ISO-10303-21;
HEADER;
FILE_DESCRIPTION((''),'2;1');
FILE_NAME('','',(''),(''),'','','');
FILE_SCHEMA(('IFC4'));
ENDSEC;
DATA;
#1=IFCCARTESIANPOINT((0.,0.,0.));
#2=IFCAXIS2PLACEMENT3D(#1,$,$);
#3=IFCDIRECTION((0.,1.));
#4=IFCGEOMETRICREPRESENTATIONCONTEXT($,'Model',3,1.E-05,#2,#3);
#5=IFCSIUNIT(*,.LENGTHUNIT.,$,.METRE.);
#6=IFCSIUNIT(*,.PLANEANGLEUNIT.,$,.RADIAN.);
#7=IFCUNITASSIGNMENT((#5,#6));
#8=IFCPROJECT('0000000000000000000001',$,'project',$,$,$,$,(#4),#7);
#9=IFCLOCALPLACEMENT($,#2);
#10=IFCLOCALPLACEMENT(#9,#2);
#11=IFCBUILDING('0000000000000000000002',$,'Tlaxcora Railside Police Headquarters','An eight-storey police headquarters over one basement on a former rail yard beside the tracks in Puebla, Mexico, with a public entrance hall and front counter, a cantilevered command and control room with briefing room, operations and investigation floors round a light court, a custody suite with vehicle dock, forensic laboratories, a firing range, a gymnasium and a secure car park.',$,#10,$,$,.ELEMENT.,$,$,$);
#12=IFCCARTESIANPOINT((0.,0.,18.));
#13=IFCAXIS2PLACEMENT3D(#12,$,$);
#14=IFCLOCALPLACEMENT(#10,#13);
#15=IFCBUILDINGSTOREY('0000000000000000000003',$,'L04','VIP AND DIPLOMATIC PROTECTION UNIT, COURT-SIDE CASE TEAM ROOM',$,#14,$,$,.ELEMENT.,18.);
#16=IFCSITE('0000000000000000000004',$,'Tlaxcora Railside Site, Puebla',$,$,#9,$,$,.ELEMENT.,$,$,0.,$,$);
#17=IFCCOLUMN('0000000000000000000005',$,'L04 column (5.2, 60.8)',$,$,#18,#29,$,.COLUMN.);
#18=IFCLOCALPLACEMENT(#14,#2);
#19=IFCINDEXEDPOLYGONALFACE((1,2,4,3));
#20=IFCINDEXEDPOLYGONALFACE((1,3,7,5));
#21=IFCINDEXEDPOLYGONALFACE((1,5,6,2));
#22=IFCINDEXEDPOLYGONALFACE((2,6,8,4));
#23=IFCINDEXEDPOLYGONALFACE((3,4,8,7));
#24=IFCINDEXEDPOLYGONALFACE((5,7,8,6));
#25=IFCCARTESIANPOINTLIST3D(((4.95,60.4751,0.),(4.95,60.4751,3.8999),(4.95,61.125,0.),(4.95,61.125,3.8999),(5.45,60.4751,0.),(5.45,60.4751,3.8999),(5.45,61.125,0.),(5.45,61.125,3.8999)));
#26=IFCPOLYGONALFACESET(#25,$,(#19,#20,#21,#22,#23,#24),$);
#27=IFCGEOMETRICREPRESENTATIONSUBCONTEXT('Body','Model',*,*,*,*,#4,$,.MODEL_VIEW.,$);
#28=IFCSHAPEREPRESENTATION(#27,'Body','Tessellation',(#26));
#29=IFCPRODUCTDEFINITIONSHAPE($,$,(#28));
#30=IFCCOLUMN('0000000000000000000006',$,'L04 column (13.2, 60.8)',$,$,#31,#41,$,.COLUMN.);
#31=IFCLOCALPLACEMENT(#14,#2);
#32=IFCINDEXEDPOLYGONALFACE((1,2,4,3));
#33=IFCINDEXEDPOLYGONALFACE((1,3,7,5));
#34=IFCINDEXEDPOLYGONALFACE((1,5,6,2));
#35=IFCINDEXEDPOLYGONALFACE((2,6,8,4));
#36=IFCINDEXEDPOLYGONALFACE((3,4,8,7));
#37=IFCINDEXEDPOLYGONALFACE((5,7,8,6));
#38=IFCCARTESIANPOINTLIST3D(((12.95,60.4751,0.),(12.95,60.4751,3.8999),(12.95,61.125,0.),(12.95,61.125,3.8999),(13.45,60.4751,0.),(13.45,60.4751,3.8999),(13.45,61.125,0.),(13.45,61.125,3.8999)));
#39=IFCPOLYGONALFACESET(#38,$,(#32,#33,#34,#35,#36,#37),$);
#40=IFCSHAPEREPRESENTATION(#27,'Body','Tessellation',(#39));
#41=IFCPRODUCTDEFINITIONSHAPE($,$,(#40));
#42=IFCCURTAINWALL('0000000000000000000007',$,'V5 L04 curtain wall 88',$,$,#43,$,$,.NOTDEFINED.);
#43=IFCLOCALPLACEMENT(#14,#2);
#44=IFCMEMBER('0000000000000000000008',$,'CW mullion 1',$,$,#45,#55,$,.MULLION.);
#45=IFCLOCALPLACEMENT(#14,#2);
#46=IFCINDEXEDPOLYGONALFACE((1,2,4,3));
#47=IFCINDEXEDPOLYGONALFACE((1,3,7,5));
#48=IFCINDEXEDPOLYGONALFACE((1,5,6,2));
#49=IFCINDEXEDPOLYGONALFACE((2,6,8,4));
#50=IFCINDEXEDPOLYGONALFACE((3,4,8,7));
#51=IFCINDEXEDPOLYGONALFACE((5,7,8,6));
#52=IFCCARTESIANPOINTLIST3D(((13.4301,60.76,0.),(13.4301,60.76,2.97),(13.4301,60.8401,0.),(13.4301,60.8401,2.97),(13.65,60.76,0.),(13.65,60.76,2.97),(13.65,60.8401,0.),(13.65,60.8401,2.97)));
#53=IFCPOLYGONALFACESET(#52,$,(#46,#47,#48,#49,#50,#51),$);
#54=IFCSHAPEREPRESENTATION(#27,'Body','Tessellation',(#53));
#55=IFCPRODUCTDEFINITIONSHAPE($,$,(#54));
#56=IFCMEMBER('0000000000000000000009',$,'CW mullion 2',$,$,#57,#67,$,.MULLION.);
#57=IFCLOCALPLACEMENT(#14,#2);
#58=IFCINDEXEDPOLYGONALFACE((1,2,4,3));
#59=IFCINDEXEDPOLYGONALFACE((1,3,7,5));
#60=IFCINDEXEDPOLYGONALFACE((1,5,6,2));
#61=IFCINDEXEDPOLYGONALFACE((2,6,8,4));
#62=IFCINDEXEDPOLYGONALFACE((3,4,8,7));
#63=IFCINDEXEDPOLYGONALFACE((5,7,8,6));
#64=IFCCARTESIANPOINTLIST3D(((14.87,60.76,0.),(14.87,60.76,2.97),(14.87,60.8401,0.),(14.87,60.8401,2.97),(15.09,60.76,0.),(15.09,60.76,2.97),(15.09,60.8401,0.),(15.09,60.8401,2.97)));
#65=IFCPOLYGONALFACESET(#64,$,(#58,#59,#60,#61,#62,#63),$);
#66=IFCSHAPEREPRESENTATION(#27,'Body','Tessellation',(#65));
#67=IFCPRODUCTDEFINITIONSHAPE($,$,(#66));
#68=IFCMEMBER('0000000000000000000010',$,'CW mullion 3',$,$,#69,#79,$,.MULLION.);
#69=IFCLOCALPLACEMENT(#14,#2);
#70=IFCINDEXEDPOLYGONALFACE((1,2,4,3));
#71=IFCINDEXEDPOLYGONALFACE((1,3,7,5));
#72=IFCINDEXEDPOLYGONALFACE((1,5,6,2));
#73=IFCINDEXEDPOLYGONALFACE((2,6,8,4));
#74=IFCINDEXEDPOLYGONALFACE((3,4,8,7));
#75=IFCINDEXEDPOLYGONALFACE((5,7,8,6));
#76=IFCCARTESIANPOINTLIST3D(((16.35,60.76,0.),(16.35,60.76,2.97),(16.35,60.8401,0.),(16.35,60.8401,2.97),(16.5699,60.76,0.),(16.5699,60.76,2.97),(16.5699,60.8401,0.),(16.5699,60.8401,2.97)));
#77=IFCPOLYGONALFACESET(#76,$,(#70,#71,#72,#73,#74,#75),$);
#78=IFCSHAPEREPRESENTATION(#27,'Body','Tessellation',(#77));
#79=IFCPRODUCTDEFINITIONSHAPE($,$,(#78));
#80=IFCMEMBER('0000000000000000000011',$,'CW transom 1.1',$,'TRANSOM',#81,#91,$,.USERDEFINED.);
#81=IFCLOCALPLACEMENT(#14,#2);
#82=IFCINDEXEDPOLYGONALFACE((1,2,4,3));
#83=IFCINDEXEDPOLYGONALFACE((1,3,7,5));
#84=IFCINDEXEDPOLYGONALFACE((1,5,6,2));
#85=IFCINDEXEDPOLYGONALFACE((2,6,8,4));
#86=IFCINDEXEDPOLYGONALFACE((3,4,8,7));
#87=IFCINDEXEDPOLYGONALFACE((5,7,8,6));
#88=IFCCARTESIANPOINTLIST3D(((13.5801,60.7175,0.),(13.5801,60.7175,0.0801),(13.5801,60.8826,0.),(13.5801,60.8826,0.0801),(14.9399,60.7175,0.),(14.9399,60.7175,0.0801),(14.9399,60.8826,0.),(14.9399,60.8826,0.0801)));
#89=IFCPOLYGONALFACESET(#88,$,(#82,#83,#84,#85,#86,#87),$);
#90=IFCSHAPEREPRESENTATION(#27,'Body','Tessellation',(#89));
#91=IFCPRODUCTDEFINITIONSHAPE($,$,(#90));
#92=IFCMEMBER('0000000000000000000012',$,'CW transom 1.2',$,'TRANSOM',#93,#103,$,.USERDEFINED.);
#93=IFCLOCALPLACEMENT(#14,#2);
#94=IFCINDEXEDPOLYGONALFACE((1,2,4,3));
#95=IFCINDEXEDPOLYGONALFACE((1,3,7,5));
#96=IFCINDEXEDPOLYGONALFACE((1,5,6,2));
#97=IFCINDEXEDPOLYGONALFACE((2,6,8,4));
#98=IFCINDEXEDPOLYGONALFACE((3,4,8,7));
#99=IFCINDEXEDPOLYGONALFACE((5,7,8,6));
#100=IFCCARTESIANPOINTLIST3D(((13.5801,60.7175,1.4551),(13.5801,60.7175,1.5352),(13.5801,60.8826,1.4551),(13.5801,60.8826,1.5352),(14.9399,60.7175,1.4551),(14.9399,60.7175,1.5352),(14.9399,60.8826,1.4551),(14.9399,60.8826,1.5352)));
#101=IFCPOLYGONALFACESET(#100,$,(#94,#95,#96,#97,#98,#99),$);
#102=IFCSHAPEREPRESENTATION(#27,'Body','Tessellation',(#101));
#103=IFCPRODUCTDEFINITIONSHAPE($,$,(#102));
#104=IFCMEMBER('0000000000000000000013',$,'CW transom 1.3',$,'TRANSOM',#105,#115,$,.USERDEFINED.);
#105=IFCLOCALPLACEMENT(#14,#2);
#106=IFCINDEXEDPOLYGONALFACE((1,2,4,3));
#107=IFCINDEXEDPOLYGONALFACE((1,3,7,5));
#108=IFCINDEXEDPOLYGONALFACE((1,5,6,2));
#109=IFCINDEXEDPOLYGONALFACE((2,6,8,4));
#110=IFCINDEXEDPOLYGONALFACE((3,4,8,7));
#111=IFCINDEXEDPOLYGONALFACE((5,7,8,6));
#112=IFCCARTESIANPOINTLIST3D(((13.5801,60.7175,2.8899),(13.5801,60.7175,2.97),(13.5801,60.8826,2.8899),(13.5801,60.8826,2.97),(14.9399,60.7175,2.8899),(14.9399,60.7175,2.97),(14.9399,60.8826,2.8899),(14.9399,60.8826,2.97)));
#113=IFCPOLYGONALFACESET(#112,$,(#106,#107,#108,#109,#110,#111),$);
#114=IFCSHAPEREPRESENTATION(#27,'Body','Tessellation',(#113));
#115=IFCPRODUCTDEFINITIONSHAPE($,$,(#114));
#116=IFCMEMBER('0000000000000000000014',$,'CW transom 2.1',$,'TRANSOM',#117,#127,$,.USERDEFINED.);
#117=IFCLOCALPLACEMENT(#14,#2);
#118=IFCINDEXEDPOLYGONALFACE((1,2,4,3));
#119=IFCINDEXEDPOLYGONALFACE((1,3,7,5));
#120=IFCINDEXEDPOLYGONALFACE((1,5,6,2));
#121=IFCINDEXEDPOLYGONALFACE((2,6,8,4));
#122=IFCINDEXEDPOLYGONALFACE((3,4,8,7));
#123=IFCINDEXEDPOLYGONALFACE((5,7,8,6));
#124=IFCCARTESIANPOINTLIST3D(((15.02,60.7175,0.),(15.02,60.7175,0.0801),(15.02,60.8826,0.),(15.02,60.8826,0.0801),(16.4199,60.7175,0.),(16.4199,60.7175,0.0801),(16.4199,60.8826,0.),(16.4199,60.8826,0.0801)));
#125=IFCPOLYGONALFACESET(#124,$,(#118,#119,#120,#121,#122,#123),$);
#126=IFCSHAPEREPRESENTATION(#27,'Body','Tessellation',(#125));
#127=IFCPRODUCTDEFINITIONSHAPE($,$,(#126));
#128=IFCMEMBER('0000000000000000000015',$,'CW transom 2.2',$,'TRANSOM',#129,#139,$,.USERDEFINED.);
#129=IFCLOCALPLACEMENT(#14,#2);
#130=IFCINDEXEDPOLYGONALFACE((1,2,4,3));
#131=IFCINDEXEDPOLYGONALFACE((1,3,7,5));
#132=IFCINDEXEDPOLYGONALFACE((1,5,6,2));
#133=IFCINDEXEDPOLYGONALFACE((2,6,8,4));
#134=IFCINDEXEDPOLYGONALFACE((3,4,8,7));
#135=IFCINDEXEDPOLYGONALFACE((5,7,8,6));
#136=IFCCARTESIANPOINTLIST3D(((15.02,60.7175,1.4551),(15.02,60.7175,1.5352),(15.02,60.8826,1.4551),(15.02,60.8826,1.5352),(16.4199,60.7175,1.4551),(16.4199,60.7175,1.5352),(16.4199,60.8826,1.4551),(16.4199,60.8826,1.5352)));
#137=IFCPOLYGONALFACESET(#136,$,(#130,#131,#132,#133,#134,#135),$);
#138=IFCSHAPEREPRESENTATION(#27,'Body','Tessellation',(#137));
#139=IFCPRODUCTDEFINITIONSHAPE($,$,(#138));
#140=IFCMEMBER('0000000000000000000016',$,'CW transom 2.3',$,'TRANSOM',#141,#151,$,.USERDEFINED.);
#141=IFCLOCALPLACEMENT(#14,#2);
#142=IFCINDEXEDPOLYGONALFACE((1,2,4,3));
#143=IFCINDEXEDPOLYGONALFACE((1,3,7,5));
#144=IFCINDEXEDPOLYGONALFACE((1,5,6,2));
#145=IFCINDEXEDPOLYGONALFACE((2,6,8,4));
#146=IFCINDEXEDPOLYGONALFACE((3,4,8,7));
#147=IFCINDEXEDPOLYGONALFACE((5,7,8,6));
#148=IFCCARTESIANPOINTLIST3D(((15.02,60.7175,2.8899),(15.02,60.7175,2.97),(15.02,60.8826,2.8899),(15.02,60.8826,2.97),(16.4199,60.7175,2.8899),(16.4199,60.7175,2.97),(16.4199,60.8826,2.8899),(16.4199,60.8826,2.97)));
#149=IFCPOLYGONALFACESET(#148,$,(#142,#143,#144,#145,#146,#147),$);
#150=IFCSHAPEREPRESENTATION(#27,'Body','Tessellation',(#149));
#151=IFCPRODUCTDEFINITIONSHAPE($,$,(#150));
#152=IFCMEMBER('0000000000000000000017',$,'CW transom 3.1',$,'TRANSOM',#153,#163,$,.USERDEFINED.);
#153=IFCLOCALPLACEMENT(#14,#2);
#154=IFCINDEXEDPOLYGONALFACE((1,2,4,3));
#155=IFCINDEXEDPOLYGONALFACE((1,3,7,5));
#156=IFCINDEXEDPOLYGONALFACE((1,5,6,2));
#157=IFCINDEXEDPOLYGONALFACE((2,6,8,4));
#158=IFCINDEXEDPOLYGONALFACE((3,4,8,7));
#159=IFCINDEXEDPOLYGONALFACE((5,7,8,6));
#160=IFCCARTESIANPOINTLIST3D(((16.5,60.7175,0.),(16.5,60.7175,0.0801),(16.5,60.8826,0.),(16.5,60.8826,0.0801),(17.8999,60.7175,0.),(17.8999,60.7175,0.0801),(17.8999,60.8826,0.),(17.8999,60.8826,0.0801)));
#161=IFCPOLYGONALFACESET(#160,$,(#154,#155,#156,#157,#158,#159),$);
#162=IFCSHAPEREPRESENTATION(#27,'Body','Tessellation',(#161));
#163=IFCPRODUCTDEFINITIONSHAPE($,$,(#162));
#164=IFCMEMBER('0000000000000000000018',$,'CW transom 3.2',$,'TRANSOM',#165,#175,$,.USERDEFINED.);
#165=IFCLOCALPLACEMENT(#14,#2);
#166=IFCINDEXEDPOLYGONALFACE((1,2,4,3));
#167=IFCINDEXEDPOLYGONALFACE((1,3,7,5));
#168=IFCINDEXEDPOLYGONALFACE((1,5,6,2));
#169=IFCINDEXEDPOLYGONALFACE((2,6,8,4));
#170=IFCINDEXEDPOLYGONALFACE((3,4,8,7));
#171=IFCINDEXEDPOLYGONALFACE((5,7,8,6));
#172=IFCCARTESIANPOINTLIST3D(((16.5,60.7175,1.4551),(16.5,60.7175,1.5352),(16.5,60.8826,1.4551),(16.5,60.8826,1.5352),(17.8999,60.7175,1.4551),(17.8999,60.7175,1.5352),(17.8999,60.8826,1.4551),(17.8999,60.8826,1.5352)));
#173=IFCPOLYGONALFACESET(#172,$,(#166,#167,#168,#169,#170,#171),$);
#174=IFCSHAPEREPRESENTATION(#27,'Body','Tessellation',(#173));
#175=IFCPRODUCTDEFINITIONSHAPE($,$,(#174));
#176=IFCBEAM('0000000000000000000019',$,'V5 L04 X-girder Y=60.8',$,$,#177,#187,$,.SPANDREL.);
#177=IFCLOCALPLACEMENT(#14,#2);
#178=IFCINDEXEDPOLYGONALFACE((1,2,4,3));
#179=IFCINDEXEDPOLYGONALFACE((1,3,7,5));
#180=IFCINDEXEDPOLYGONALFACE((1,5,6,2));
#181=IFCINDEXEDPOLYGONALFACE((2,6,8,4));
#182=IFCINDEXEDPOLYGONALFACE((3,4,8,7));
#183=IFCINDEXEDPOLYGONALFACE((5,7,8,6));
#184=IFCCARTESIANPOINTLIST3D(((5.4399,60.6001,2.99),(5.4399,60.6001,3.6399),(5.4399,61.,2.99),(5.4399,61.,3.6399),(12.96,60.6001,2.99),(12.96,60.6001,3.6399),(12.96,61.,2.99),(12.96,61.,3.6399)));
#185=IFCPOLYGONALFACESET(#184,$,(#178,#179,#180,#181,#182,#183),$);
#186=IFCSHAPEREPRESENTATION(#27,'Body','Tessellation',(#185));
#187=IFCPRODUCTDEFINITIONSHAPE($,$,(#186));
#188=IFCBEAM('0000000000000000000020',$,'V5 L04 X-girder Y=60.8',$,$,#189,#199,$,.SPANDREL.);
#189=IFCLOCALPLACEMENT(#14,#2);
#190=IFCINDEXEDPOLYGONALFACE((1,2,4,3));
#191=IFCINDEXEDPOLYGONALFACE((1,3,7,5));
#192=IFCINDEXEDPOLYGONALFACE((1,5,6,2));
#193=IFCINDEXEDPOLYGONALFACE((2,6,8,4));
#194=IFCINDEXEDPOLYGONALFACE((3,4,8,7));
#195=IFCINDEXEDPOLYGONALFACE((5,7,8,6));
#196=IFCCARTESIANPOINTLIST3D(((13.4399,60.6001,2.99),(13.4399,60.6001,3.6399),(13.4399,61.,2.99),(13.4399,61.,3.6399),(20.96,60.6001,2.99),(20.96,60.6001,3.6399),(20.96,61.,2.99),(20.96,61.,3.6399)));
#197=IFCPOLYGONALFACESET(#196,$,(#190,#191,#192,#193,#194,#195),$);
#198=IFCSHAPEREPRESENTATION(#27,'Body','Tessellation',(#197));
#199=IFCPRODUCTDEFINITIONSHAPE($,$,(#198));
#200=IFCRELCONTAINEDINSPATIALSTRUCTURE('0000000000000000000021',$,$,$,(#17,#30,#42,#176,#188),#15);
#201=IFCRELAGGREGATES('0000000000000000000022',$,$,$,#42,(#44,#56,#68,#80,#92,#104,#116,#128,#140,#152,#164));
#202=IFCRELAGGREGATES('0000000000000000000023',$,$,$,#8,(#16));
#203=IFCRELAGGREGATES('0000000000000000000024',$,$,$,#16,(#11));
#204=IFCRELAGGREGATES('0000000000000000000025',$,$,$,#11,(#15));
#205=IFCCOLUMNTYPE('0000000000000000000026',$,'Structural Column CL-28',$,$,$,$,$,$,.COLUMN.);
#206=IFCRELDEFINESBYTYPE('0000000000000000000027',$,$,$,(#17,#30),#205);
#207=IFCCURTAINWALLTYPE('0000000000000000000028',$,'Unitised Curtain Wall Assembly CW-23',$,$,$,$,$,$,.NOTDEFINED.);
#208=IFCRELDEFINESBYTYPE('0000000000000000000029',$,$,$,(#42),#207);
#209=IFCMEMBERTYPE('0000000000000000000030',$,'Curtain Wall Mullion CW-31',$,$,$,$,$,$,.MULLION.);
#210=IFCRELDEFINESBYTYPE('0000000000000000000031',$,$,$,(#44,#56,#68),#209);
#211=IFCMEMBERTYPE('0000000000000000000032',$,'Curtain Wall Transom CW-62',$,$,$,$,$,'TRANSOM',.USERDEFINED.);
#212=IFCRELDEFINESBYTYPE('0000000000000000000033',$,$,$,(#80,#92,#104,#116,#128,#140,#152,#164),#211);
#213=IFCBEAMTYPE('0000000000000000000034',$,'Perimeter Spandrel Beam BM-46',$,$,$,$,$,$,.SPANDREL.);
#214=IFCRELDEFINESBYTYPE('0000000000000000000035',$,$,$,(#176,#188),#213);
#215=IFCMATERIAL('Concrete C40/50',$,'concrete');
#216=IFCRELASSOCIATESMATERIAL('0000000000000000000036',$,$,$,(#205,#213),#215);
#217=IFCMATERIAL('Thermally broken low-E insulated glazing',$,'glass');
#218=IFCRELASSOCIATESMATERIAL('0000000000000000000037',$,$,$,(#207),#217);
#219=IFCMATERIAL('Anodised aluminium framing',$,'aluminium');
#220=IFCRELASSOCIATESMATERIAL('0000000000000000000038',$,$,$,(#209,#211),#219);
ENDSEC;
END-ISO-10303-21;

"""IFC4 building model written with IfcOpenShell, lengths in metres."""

from ifc_helpers import new_model, si_unit, direction, frame, origin, origin_2d, place, context, subcontext, project, spatial, rectangle, extrude, material, material_profile, profile_set, type_object, element, aggregate, save


model = new_model("IFC4")

# Units and contexts
model_context = context("Model", 3, precision=1e-05, world=origin(), true_north=direction((0.0, 1.0)))
body_context = subcontext(model_context, "Body", "Model", "MODEL_VIEW")
ifc_project = project(units=[si_unit("LENGTHUNIT", "METRE"), si_unit("PLANEANGLEUNIT", "RADIAN")], contexts=[model_context])

# Site, building, storey
site_placement = place(None, origin())
site = spatial("IfcSite", under=ifc_project, at=site_placement, Name="Tlaxcora Railside Site, Puebla", CompositionType="ELEMENT", RefElevation=0.0)
building_placement = place(site_placement, origin())
building = spatial("IfcBuilding", under=site, at=building_placement, Name="Tlaxcora Railside Police Headquarters", Description="An eight-storey police headquarters over one basement on a former rail yard beside the tracks in Puebla, Mexico, with a public entrance hall and front counter, a cantilevered command and control room with briefing room, operations and investigation floors round a light court, a custody suite with vehicle dock, forensic laboratories, a firing range, a gymnasium and a secure car park.", CompositionType="ELEMENT")
storey_placement = place(building_placement, frame((0.0, 0.0, 18.0)))
storey = spatial("IfcBuildingStorey", under=building, at=storey_placement, Name="L04", Description="VIP AND DIPLOMATIC PROTECTION UNIT, COURT-SIDE CASE TEAM ROOM", CompositionType="ELEMENT", Elevation=18.0)

# Columns
ifc_material_1 = material(Name="Concrete C40/50", Category="concrete")
ifc_material_profile_1 = material_profile(ifc_material_1, rectangle(XDim=0.5, YDim=0.6499, at=origin_2d()), Name="RC500X650")
ifc_profile_set_1 = profile_set([ifc_material_profile_1], Name="Concrete C40/50")
column_type = type_object("IfcColumnType", Name="Structural Column CL-28", PredefinedType="COLUMN", material=ifc_profile_set_1)
for number, where, z_axis, x_axis, name in (
    (1, (5.2, 60.8, 0.0), (0.0, 0.0, 1.0), (1.0, 0.0, 0.0), "L04 column (5.2, 60.8)"),
    (2, (13.2, 60.8, 0.0), (0.0, 0.0, 1.0), (1.0, 0.0, 0.0), "L04 column (13.2, 60.8)"),
):
    element("IfcColumn", number, at=place(storey_placement, frame(where, z_axis=z_axis, x_axis=x_axis)), inside=storey, type_object=column_type, Name=name, PredefinedType="COLUMN", context=body_context, shape_type="SweptSolid", body=[
        extrude(rectangle(XDim=0.5, YDim=0.6499, at=origin_2d()), origin(), (0.0, 0.0, 1.0), 3.8999),
    ])

# Curtain wall, members
ifc_material_2 = material(Name="Thermally broken low-E insulated glazing", Category="glass")
curtain_wall_type = type_object("IfcCurtainWallType", Name="Unitised Curtain Wall Assembly CW-23", PredefinedType="NOTDEFINED", material=ifc_material_2)
curtain_wall_placement = place(storey_placement, origin())
curtain_wall = element("IfcCurtainWall", 3, at=curtain_wall_placement, inside=storey, type_object=curtain_wall_type, Name="V5 L04 curtain wall 88", PredefinedType="NOTDEFINED")
ifc_material_3 = material(Name="Anodised aluminium framing", Category="aluminium")
ifc_material_profile_2 = material_profile(ifc_material_3, rectangle(XDim=0.0801, YDim=0.22, at=origin_2d()), Name="AL80X220")
ifc_profile_set_2 = profile_set([ifc_material_profile_2], Name="Anodised aluminium framing")
member_type_1 = type_object("IfcMemberType", Name="Curtain Wall Mullion CW-31", PredefinedType="MULLION", material=ifc_profile_set_2)
member_1_placement = place(storey_placement, frame((13.54, 60.8, 0.0), z_axis=(0.0, 0.0, 1.0), x_axis=(0.0, 1.0, 0.0)))
member_1 = element("IfcMember", 4, at=member_1_placement, type_object=member_type_1, Name="CW mullion 1", PredefinedType="MULLION", context=body_context, shape_type="SweptSolid", body=[
    extrude(rectangle(XDim=0.0801, YDim=0.22, at=origin_2d()), origin(), (0.0, 0.0, 1.0), 2.97),
])
member_2_placement = place(storey_placement, frame((14.98, 60.8, 0.0), z_axis=(0.0, 0.0, 1.0), x_axis=(0.0, 1.0, 0.0)))
member_2 = element("IfcMember", 5, at=member_2_placement, type_object=member_type_1, Name="CW mullion 2", PredefinedType="MULLION", context=body_context, shape_type="SweptSolid", body=[
    extrude(rectangle(XDim=0.0801, YDim=0.22, at=origin_2d()), origin(), (0.0, 0.0, 1.0), 2.97),
])
member_3_placement = place(storey_placement, frame((16.46, 60.8, 0.0), z_axis=(0.0, 0.0, 1.0), x_axis=(0.0, 1.0, 0.0)))
member_3 = element("IfcMember", 6, at=member_3_placement, type_object=member_type_1, Name="CW mullion 3", PredefinedType="MULLION", context=body_context, shape_type="SweptSolid", body=[
    extrude(rectangle(XDim=0.0801, YDim=0.22, at=origin_2d()), origin(), (0.0, 0.0, 1.0), 2.97),
])
ifc_material_profile_3 = material_profile(ifc_material_3, rectangle(XDim=0.165, YDim=0.0801, at=origin_2d()), Name="AL80X165")
ifc_profile_set_3 = profile_set([ifc_material_profile_3], Name="Anodised aluminium framing")
member_type_2 = type_object("IfcMemberType", Name="Curtain Wall Transom CW-62", ElementType="TRANSOM", PredefinedType="USERDEFINED", material=ifc_profile_set_3)
member_4_placement = place(storey_placement, frame((13.5801, 60.8, 0.04), z_axis=(1.0, 0.0, 0.0), x_axis=(0.0, 1.0, 0.0)))
member_4 = element("IfcMember", 7, at=member_4_placement, type_object=member_type_2, Name="CW transom 1.1", ObjectType="TRANSOM", PredefinedType="USERDEFINED", context=body_context, shape_type="SweptSolid", body=[
    extrude(rectangle(XDim=0.165, YDim=0.0801, at=origin_2d()), origin(), (0.0, 0.0, 1.0), 1.3599),
])
member_5_placement = place(storey_placement, frame((13.5801, 60.8, 1.4951), z_axis=(1.0, 0.0, 0.0), x_axis=(0.0, 1.0, 0.0)))
member_5 = element("IfcMember", 8, at=member_5_placement, type_object=member_type_2, Name="CW transom 1.2", ObjectType="TRANSOM", PredefinedType="USERDEFINED", context=body_context, shape_type="SweptSolid", body=[
    extrude(rectangle(XDim=0.165, YDim=0.0801, at=origin_2d()), origin(), (0.0, 0.0, 1.0), 1.3599),
])
member_6_placement = place(storey_placement, frame((13.5801, 60.8, 2.9299), z_axis=(1.0, 0.0, 0.0), x_axis=(0.0, 1.0, 0.0)))
member_6 = element("IfcMember", 9, at=member_6_placement, type_object=member_type_2, Name="CW transom 1.3", ObjectType="TRANSOM", PredefinedType="USERDEFINED", context=body_context, shape_type="SweptSolid", body=[
    extrude(rectangle(XDim=0.165, YDim=0.0801, at=origin_2d()), origin(), (0.0, 0.0, 1.0), 1.3599),
])
member_7_placement = place(storey_placement, frame((15.02, 60.8, 0.04), z_axis=(1.0, 0.0, 0.0), x_axis=(0.0, 1.0, 0.0)))
member_7 = element("IfcMember", 10, at=member_7_placement, type_object=member_type_2, Name="CW transom 2.1", ObjectType="TRANSOM", PredefinedType="USERDEFINED", context=body_context, shape_type="SweptSolid", body=[
    extrude(rectangle(XDim=0.165, YDim=0.0801, at=origin_2d()), origin(), (0.0, 0.0, 1.0), 1.3999),
])
member_8_placement = place(storey_placement, frame((15.02, 60.8, 1.4951), z_axis=(1.0, 0.0, 0.0), x_axis=(0.0, 1.0, 0.0)))
member_8 = element("IfcMember", 11, at=member_8_placement, type_object=member_type_2, Name="CW transom 2.2", ObjectType="TRANSOM", PredefinedType="USERDEFINED", context=body_context, shape_type="SweptSolid", body=[
    extrude(rectangle(XDim=0.165, YDim=0.0801, at=origin_2d()), origin(), (0.0, 0.0, 1.0), 1.3999),
])
member_9_placement = place(storey_placement, frame((15.02, 60.8, 2.9299), z_axis=(1.0, 0.0, 0.0), x_axis=(0.0, 1.0, 0.0)))
member_9 = element("IfcMember", 12, at=member_9_placement, type_object=member_type_2, Name="CW transom 2.3", ObjectType="TRANSOM", PredefinedType="USERDEFINED", context=body_context, shape_type="SweptSolid", body=[
    extrude(rectangle(XDim=0.165, YDim=0.0801, at=origin_2d()), origin(), (0.0, 0.0, 1.0), 1.3999),
])
member_10_placement = place(storey_placement, frame((16.5, 60.8, 0.04), z_axis=(1.0, 0.0, 0.0), x_axis=(0.0, 1.0, 0.0)))
member_10 = element("IfcMember", 13, at=member_10_placement, type_object=member_type_2, Name="CW transom 3.1", ObjectType="TRANSOM", PredefinedType="USERDEFINED", context=body_context, shape_type="SweptSolid", body=[
    extrude(rectangle(XDim=0.165, YDim=0.0801, at=origin_2d()), origin(), (0.0, 0.0, 1.0), 1.3999),
])
member_11_placement = place(storey_placement, frame((16.5, 60.8, 1.4951), z_axis=(1.0, 0.0, 0.0), x_axis=(0.0, 1.0, 0.0)))
member_11 = element("IfcMember", 14, at=member_11_placement, type_object=member_type_2, Name="CW transom 3.2", ObjectType="TRANSOM", PredefinedType="USERDEFINED", context=body_context, shape_type="SweptSolid", body=[
    extrude(rectangle(XDim=0.165, YDim=0.0801, at=origin_2d()), origin(), (0.0, 0.0, 1.0), 1.3999),
])

# Beams
ifc_material_profile_4 = material_profile(ifc_material_1, rectangle(XDim=0.3999, YDim=0.6499, at=origin_2d()), Name="RC400X650")
ifc_profile_set_4 = profile_set([ifc_material_profile_4], Name="Concrete C40/50")
beam_type = type_object("IfcBeamType", Name="Perimeter Spandrel Beam BM-46", PredefinedType="SPANDREL", material=ifc_profile_set_4)
for number, where, z_axis, x_axis, name in (
    (15, (5.4399, 60.8, 3.3149), (1.0, 0.0, 0.0), (0.0, 1.0, 0.0), "V5 L04 X-girder Y=60.8"),
    (16, (13.4399, 60.8, 3.3149), (1.0, 0.0, 0.0), (0.0, 1.0, 0.0), "V5 L04 X-girder Y=60.8"),
):
    element("IfcBeam", number, at=place(storey_placement, frame(where, z_axis=z_axis, x_axis=x_axis)), inside=storey, type_object=beam_type, Name=name, PredefinedType="SPANDREL", context=body_context, shape_type="SweptSolid", body=[
        extrude(rectangle(XDim=0.3999, YDim=0.6499, at=origin_2d()), origin(), (0.0, 0.0, 1.0), 7.52),
    ])

aggregate(curtain_wall, [member_1, member_2, member_3, member_4, member_5, member_6, member_7, member_8, member_9, member_10, member_11])

save(model, "model.ifc")
